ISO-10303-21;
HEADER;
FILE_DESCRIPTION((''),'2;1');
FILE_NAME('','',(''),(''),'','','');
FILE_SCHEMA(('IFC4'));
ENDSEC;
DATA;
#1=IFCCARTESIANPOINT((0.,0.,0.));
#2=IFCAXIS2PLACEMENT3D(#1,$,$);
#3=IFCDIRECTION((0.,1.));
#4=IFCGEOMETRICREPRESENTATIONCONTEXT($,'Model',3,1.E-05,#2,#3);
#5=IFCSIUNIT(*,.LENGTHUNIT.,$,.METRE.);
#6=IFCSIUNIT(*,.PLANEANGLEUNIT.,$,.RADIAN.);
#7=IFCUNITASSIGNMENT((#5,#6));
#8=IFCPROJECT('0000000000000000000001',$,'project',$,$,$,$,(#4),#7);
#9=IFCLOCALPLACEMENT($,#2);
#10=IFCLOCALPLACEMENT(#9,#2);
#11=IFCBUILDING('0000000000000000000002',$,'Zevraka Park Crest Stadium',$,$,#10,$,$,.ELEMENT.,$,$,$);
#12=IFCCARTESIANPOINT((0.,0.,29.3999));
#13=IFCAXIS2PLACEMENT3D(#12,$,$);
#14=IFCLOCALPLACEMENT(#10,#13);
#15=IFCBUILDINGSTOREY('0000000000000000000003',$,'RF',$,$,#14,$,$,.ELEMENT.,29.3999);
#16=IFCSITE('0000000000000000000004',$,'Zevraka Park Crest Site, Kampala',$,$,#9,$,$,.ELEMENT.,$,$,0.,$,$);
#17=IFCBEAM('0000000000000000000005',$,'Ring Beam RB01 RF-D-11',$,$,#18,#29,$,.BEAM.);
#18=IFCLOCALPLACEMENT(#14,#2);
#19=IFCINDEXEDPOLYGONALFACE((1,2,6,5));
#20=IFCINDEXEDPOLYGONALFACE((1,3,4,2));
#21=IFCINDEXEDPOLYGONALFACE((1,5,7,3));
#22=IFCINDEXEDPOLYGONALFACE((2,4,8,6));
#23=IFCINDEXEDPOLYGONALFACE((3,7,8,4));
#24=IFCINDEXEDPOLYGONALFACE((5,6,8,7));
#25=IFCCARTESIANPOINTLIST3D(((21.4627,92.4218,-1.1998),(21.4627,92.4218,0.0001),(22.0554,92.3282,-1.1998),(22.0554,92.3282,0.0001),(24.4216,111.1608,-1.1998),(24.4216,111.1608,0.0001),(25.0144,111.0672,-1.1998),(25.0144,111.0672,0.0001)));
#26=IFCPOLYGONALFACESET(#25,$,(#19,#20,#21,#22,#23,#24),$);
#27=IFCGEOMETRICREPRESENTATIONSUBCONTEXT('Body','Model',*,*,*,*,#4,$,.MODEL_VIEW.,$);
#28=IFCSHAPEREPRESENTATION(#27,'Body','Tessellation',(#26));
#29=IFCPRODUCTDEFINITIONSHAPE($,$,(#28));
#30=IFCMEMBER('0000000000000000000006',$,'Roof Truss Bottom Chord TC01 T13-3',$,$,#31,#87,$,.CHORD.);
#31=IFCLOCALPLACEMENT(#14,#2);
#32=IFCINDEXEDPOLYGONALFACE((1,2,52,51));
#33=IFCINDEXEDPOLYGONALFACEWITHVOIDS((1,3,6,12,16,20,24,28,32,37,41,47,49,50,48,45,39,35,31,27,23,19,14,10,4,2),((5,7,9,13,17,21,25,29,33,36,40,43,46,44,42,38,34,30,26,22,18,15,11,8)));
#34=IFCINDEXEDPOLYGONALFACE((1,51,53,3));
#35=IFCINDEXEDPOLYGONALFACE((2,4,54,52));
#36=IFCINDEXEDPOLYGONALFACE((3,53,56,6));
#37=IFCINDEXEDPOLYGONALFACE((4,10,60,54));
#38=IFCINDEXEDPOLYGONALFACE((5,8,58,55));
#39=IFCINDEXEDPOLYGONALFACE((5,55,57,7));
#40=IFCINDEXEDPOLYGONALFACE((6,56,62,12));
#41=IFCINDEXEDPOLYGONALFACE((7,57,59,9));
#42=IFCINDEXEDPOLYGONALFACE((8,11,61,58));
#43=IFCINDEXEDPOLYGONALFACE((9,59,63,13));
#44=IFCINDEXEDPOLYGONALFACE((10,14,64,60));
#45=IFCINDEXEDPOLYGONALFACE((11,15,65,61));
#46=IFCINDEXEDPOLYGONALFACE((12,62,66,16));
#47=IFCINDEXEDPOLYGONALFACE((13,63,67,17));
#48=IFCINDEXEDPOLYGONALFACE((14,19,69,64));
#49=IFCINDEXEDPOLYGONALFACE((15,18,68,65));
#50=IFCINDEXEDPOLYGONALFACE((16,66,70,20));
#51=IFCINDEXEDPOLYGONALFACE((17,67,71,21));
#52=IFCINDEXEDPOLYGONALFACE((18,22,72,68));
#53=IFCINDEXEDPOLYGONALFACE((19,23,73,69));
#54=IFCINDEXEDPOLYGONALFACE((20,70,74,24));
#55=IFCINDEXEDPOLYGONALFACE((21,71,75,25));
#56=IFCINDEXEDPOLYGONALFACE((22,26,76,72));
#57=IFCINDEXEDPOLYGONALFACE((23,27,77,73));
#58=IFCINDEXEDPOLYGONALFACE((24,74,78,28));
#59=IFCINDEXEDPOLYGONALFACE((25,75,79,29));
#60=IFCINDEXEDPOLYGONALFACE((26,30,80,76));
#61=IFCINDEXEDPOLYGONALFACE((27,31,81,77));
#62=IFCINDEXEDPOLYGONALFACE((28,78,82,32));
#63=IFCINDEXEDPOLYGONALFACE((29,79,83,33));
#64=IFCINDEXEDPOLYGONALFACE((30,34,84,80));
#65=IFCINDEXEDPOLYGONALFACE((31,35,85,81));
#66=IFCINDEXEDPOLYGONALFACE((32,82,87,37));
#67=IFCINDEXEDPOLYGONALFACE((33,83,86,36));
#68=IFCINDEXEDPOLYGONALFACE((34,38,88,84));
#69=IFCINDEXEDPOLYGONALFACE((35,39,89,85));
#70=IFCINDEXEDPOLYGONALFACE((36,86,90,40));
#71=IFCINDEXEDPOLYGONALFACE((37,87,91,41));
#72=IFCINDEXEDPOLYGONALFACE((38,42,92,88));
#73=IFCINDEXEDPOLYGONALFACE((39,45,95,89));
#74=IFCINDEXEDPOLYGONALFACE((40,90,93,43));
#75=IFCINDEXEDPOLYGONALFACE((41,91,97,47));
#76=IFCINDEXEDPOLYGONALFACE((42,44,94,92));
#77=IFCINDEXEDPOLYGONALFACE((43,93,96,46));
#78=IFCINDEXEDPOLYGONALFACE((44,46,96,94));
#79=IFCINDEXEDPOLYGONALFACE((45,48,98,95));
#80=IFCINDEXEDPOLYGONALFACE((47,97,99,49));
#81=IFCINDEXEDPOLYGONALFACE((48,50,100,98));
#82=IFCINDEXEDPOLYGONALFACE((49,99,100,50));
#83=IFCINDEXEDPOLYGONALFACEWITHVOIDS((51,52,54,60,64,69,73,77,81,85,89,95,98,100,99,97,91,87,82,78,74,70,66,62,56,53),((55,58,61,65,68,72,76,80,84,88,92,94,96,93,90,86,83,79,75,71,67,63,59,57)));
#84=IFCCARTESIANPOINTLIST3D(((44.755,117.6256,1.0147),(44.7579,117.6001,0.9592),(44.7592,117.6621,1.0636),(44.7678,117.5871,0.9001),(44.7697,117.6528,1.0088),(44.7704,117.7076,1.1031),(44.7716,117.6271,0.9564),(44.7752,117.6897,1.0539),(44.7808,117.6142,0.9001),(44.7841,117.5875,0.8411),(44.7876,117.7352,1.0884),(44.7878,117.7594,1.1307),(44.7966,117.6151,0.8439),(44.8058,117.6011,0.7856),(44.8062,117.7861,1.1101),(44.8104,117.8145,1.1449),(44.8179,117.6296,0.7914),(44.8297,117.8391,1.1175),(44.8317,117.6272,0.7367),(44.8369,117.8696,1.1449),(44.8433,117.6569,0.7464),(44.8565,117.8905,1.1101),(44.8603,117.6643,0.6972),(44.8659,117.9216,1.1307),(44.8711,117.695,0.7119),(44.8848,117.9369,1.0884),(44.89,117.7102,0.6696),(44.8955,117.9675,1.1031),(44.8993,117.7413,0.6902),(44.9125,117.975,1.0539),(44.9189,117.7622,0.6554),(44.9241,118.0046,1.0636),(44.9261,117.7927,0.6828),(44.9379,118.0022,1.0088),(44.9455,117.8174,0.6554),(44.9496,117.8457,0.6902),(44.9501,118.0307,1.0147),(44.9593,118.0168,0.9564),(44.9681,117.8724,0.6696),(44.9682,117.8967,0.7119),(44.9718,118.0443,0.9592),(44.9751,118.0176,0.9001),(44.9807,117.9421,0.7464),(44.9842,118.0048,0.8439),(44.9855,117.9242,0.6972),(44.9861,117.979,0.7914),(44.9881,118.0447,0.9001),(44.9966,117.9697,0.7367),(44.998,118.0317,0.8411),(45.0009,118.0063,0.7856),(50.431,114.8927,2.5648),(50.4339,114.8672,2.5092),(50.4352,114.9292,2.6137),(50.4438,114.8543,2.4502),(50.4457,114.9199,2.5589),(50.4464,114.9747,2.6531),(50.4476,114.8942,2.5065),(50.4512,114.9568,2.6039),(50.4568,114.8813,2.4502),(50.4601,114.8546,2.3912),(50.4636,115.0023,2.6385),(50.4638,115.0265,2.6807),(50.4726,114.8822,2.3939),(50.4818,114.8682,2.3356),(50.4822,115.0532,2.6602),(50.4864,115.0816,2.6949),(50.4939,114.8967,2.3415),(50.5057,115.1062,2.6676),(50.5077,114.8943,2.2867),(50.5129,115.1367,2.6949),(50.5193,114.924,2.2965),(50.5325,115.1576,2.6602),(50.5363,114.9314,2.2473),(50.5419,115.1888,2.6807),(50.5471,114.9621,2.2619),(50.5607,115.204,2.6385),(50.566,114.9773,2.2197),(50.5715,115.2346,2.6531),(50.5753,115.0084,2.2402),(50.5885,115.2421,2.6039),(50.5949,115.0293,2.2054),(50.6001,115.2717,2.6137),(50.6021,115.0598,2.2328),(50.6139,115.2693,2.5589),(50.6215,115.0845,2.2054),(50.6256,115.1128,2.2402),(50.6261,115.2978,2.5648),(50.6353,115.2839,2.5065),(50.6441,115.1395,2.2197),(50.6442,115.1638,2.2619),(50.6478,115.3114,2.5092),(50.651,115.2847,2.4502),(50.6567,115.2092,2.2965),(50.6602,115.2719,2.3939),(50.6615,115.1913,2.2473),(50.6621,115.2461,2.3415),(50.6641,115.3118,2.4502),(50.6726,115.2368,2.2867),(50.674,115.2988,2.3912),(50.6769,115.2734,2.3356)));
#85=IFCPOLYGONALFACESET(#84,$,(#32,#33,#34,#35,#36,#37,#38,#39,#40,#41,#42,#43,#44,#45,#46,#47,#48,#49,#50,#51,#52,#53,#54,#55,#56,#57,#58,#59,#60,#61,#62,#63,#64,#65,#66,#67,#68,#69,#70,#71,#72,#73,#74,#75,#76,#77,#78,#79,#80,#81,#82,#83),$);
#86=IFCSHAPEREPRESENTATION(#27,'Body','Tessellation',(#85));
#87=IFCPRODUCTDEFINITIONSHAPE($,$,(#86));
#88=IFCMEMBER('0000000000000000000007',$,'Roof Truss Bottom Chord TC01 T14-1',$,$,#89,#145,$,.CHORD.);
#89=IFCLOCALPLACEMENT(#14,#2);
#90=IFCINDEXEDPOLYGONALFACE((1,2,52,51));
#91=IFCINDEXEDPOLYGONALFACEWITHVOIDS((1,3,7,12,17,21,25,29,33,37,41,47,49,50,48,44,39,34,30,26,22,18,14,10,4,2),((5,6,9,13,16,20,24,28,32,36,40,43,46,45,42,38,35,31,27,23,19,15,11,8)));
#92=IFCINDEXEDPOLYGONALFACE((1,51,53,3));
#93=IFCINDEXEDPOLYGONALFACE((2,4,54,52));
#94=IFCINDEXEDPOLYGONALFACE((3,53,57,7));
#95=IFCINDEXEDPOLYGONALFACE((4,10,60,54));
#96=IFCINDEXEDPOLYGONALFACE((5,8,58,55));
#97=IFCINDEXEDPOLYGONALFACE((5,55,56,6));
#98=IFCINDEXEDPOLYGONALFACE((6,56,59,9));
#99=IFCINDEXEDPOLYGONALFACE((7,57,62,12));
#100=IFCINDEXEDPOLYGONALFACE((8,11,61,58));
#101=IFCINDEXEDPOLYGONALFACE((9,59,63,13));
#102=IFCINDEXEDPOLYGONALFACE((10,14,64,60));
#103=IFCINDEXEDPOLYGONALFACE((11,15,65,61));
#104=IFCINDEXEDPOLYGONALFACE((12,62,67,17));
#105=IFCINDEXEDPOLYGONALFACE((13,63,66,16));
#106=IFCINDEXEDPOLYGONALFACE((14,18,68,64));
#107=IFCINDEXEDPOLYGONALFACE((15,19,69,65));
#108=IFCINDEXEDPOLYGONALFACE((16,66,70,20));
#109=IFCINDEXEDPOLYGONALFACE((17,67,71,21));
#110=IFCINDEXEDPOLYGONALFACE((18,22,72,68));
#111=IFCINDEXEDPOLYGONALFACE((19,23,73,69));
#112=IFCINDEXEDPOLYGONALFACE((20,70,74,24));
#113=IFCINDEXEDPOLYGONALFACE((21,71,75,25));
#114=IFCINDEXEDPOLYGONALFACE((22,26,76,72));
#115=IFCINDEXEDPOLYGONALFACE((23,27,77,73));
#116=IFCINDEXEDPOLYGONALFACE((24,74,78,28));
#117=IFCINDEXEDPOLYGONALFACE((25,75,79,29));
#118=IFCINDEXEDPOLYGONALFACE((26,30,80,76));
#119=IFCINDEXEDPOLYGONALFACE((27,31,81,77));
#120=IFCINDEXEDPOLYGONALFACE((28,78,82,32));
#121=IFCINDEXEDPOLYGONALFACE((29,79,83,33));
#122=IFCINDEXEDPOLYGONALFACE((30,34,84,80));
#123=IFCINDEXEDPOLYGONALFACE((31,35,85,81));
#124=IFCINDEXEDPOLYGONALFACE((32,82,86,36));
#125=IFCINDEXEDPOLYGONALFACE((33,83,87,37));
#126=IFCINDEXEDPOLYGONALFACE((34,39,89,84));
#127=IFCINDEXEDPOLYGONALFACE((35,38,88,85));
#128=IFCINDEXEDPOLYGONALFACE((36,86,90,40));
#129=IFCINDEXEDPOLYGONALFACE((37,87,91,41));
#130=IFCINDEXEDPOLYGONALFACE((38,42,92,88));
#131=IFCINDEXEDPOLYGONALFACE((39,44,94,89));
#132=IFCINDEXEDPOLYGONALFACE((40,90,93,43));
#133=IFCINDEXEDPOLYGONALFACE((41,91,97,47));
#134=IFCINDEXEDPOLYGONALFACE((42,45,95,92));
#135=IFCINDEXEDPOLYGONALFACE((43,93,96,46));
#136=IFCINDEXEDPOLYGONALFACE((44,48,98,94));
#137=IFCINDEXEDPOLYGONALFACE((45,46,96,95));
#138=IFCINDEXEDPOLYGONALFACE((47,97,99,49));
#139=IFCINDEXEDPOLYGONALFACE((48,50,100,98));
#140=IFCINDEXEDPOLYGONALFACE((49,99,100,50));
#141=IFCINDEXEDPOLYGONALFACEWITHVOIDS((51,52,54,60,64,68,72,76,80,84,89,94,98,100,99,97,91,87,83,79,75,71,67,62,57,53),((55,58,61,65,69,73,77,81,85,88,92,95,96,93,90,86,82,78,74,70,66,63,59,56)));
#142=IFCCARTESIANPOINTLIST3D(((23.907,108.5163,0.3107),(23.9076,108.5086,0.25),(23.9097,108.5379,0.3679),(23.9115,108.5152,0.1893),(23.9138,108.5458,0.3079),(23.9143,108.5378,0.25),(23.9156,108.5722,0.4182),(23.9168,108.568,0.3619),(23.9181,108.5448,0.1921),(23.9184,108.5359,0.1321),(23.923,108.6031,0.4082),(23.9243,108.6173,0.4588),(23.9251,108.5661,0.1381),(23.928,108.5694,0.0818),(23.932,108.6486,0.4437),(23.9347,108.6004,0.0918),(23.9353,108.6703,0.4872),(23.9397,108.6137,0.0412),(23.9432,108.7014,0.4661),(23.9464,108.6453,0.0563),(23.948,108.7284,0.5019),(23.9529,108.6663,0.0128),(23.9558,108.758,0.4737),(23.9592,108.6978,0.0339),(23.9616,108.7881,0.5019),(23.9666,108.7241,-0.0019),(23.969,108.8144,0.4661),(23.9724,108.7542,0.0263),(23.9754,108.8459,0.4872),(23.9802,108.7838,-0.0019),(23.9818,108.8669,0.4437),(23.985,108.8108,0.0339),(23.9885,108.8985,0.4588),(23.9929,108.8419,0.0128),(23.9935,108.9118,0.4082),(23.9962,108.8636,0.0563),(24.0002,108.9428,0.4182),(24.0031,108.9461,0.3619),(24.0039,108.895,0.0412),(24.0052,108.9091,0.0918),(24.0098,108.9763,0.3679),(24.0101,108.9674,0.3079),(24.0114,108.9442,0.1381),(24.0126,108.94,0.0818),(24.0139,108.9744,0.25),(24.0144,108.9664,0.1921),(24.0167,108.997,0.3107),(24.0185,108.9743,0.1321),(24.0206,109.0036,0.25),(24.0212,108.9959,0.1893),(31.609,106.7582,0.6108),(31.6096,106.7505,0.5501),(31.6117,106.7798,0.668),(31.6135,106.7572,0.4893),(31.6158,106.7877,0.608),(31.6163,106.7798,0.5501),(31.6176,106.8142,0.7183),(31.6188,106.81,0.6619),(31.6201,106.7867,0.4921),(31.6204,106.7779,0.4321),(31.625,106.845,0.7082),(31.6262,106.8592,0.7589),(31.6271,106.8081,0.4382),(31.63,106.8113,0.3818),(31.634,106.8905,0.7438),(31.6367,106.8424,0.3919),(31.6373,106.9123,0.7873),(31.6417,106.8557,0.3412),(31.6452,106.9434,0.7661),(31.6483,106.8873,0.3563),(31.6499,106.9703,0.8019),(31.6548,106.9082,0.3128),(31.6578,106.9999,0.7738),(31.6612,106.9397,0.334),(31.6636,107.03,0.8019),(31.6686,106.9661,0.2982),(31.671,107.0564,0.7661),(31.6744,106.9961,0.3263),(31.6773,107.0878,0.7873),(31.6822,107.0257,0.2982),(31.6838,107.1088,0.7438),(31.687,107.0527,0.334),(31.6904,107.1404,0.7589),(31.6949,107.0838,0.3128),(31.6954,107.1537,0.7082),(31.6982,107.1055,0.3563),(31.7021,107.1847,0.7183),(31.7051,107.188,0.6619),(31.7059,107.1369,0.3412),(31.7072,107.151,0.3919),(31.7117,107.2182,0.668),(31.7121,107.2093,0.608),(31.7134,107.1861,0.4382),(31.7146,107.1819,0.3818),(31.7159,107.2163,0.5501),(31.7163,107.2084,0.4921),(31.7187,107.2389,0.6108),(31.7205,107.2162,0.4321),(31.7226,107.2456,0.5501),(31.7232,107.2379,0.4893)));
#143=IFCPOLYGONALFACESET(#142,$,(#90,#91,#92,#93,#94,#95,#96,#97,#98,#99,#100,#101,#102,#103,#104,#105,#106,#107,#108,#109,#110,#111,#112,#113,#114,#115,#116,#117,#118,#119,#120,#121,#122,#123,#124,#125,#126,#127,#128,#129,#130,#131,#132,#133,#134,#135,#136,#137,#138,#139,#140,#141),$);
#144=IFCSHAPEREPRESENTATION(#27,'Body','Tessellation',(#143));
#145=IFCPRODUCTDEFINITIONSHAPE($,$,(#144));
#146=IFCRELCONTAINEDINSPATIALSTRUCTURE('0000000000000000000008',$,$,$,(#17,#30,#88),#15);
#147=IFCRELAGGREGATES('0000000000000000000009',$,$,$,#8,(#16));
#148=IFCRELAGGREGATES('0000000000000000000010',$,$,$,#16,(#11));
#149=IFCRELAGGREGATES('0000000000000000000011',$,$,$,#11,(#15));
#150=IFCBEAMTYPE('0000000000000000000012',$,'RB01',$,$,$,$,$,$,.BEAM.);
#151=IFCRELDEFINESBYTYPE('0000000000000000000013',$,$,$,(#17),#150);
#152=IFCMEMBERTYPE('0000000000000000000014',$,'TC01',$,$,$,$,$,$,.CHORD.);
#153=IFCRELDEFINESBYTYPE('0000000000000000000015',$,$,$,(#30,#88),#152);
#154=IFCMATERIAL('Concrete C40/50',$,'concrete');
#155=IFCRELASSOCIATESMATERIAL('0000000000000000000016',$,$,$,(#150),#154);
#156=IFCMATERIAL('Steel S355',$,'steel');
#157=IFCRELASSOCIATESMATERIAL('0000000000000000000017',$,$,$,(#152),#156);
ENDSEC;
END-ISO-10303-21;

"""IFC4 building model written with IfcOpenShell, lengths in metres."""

from ifc_helpers import new_model, si_unit, direction, frame, origin, origin_2d, place, context, subcontext, project, spatial, rectangle, hollow_circle, extrude, material, material_profile, profile_set, type_object, element, save


model = new_model("IFC4")

# Units and contexts
model_context = context("Model", 3, precision=1e-05, world=origin(), true_north=direction((0.0, 1.0)))
body_context = subcontext(model_context, "Body", "Model", "MODEL_VIEW")
ifc_project = project(units=[si_unit("LENGTHUNIT", "METRE"), si_unit("PLANEANGLEUNIT", "RADIAN")], contexts=[model_context])

# Site, building, storey
site_placement = place(None, origin())
site = spatial("IfcSite", under=ifc_project, at=site_placement, Name="Zevraka Park Crest Site, Kampala", CompositionType="ELEMENT", RefElevation=0.0)
building_placement = place(site_placement, origin())
building = spatial("IfcBuilding", under=site, at=building_placement, Name="Zevraka Park Crest Stadium", CompositionType="ELEMENT")
storey_placement = place(building_placement, frame((0.0, 0.0, 29.3999)))
storey = spatial("IfcBuildingStorey", under=building, at=storey_placement, Name="RF", CompositionType="ELEMENT", Elevation=29.3999)

# Beam
ifc_material_1 = material(Name="Concrete C40/50", Category="concrete")
ifc_material_profile_1 = material_profile(ifc_material_1, rectangle(XDim=0.6001, YDim=1.2, at=origin_2d()), Name="RC 1200x600")
ifc_profile_set_1 = profile_set([ifc_material_profile_1], Name="Concrete C40/50")
beam_type = type_object("IfcBeamType", Name="RB01", PredefinedType="BEAM", material=ifc_profile_set_1)
beam_placement = place(storey_placement, frame((24.718, 111.114, -0.5999), z_axis=(-0.155972, -0.987761, 0.0), x_axis=(0.987761, -0.155972, 0.0)))
element("IfcBeam", 1, at=beam_placement, inside=storey, type_object=beam_type, Name="Ring Beam RB01 RF-D-11", PredefinedType="BEAM", context=body_context, shape_type="SweptSolid", body=[
    extrude(rectangle(XDim=0.6001, YDim=1.2, at=origin_2d()), origin(), (0.0, 0.0, 1.0), 18.9712),
])

# Members
ifc_material_2 = material(Name="Steel S355", Category="steel")
ifc_material_profile_2 = material_profile(ifc_material_2, hollow_circle(Radius=0.2539, WallThickness=0.03, at=origin_2d()), Name="CHS 508.0x30")
ifc_profile_set_2 = profile_set([ifc_material_profile_2], Name="Steel S355")
member_type_1 = type_object("IfcMemberType", Name="TC01", PredefinedType="CHORD", material=ifc_profile_set_2)
member_1_placement = place(storey_placement, frame((44.8779, 117.8159, 0.9001), z_axis=(0.874906, -0.421253, 0.238926), x_axis=(0.433817, 0.901001, 0.0)))
element("IfcMember", 2, at=member_1_placement, inside=storey, type_object=member_type_1, Name="Roof Truss Bottom Chord TC01 T13-3", PredefinedType="CHORD", context=body_context, shape_type="SweptSolid", body=[
    extrude(hollow_circle(Radius=0.2539, WallThickness=0.03, at=origin_2d()), origin(), (0.0, 0.0, 1.0), 6.4875),
])
member_2_placement = place(storey_placement, frame((23.9641, 108.7561, 0.25), z_axis=(0.974221, -0.222378, 0.037953), x_axis=(0.222539, 0.974924, 0.0)))
element("IfcMember", 3, at=member_2_placement, inside=storey, type_object=member_type_1, Name="Roof Truss Bottom Chord TC01 T14-1", PredefinedType="CHORD", context=body_context, shape_type="SweptSolid", body=[
    extrude(hollow_circle(Radius=0.2539, WallThickness=0.03, at=origin_2d()), origin(), (0.0, 0.0, 1.0), 7.9058),
])

save(model, "model.ifc")
